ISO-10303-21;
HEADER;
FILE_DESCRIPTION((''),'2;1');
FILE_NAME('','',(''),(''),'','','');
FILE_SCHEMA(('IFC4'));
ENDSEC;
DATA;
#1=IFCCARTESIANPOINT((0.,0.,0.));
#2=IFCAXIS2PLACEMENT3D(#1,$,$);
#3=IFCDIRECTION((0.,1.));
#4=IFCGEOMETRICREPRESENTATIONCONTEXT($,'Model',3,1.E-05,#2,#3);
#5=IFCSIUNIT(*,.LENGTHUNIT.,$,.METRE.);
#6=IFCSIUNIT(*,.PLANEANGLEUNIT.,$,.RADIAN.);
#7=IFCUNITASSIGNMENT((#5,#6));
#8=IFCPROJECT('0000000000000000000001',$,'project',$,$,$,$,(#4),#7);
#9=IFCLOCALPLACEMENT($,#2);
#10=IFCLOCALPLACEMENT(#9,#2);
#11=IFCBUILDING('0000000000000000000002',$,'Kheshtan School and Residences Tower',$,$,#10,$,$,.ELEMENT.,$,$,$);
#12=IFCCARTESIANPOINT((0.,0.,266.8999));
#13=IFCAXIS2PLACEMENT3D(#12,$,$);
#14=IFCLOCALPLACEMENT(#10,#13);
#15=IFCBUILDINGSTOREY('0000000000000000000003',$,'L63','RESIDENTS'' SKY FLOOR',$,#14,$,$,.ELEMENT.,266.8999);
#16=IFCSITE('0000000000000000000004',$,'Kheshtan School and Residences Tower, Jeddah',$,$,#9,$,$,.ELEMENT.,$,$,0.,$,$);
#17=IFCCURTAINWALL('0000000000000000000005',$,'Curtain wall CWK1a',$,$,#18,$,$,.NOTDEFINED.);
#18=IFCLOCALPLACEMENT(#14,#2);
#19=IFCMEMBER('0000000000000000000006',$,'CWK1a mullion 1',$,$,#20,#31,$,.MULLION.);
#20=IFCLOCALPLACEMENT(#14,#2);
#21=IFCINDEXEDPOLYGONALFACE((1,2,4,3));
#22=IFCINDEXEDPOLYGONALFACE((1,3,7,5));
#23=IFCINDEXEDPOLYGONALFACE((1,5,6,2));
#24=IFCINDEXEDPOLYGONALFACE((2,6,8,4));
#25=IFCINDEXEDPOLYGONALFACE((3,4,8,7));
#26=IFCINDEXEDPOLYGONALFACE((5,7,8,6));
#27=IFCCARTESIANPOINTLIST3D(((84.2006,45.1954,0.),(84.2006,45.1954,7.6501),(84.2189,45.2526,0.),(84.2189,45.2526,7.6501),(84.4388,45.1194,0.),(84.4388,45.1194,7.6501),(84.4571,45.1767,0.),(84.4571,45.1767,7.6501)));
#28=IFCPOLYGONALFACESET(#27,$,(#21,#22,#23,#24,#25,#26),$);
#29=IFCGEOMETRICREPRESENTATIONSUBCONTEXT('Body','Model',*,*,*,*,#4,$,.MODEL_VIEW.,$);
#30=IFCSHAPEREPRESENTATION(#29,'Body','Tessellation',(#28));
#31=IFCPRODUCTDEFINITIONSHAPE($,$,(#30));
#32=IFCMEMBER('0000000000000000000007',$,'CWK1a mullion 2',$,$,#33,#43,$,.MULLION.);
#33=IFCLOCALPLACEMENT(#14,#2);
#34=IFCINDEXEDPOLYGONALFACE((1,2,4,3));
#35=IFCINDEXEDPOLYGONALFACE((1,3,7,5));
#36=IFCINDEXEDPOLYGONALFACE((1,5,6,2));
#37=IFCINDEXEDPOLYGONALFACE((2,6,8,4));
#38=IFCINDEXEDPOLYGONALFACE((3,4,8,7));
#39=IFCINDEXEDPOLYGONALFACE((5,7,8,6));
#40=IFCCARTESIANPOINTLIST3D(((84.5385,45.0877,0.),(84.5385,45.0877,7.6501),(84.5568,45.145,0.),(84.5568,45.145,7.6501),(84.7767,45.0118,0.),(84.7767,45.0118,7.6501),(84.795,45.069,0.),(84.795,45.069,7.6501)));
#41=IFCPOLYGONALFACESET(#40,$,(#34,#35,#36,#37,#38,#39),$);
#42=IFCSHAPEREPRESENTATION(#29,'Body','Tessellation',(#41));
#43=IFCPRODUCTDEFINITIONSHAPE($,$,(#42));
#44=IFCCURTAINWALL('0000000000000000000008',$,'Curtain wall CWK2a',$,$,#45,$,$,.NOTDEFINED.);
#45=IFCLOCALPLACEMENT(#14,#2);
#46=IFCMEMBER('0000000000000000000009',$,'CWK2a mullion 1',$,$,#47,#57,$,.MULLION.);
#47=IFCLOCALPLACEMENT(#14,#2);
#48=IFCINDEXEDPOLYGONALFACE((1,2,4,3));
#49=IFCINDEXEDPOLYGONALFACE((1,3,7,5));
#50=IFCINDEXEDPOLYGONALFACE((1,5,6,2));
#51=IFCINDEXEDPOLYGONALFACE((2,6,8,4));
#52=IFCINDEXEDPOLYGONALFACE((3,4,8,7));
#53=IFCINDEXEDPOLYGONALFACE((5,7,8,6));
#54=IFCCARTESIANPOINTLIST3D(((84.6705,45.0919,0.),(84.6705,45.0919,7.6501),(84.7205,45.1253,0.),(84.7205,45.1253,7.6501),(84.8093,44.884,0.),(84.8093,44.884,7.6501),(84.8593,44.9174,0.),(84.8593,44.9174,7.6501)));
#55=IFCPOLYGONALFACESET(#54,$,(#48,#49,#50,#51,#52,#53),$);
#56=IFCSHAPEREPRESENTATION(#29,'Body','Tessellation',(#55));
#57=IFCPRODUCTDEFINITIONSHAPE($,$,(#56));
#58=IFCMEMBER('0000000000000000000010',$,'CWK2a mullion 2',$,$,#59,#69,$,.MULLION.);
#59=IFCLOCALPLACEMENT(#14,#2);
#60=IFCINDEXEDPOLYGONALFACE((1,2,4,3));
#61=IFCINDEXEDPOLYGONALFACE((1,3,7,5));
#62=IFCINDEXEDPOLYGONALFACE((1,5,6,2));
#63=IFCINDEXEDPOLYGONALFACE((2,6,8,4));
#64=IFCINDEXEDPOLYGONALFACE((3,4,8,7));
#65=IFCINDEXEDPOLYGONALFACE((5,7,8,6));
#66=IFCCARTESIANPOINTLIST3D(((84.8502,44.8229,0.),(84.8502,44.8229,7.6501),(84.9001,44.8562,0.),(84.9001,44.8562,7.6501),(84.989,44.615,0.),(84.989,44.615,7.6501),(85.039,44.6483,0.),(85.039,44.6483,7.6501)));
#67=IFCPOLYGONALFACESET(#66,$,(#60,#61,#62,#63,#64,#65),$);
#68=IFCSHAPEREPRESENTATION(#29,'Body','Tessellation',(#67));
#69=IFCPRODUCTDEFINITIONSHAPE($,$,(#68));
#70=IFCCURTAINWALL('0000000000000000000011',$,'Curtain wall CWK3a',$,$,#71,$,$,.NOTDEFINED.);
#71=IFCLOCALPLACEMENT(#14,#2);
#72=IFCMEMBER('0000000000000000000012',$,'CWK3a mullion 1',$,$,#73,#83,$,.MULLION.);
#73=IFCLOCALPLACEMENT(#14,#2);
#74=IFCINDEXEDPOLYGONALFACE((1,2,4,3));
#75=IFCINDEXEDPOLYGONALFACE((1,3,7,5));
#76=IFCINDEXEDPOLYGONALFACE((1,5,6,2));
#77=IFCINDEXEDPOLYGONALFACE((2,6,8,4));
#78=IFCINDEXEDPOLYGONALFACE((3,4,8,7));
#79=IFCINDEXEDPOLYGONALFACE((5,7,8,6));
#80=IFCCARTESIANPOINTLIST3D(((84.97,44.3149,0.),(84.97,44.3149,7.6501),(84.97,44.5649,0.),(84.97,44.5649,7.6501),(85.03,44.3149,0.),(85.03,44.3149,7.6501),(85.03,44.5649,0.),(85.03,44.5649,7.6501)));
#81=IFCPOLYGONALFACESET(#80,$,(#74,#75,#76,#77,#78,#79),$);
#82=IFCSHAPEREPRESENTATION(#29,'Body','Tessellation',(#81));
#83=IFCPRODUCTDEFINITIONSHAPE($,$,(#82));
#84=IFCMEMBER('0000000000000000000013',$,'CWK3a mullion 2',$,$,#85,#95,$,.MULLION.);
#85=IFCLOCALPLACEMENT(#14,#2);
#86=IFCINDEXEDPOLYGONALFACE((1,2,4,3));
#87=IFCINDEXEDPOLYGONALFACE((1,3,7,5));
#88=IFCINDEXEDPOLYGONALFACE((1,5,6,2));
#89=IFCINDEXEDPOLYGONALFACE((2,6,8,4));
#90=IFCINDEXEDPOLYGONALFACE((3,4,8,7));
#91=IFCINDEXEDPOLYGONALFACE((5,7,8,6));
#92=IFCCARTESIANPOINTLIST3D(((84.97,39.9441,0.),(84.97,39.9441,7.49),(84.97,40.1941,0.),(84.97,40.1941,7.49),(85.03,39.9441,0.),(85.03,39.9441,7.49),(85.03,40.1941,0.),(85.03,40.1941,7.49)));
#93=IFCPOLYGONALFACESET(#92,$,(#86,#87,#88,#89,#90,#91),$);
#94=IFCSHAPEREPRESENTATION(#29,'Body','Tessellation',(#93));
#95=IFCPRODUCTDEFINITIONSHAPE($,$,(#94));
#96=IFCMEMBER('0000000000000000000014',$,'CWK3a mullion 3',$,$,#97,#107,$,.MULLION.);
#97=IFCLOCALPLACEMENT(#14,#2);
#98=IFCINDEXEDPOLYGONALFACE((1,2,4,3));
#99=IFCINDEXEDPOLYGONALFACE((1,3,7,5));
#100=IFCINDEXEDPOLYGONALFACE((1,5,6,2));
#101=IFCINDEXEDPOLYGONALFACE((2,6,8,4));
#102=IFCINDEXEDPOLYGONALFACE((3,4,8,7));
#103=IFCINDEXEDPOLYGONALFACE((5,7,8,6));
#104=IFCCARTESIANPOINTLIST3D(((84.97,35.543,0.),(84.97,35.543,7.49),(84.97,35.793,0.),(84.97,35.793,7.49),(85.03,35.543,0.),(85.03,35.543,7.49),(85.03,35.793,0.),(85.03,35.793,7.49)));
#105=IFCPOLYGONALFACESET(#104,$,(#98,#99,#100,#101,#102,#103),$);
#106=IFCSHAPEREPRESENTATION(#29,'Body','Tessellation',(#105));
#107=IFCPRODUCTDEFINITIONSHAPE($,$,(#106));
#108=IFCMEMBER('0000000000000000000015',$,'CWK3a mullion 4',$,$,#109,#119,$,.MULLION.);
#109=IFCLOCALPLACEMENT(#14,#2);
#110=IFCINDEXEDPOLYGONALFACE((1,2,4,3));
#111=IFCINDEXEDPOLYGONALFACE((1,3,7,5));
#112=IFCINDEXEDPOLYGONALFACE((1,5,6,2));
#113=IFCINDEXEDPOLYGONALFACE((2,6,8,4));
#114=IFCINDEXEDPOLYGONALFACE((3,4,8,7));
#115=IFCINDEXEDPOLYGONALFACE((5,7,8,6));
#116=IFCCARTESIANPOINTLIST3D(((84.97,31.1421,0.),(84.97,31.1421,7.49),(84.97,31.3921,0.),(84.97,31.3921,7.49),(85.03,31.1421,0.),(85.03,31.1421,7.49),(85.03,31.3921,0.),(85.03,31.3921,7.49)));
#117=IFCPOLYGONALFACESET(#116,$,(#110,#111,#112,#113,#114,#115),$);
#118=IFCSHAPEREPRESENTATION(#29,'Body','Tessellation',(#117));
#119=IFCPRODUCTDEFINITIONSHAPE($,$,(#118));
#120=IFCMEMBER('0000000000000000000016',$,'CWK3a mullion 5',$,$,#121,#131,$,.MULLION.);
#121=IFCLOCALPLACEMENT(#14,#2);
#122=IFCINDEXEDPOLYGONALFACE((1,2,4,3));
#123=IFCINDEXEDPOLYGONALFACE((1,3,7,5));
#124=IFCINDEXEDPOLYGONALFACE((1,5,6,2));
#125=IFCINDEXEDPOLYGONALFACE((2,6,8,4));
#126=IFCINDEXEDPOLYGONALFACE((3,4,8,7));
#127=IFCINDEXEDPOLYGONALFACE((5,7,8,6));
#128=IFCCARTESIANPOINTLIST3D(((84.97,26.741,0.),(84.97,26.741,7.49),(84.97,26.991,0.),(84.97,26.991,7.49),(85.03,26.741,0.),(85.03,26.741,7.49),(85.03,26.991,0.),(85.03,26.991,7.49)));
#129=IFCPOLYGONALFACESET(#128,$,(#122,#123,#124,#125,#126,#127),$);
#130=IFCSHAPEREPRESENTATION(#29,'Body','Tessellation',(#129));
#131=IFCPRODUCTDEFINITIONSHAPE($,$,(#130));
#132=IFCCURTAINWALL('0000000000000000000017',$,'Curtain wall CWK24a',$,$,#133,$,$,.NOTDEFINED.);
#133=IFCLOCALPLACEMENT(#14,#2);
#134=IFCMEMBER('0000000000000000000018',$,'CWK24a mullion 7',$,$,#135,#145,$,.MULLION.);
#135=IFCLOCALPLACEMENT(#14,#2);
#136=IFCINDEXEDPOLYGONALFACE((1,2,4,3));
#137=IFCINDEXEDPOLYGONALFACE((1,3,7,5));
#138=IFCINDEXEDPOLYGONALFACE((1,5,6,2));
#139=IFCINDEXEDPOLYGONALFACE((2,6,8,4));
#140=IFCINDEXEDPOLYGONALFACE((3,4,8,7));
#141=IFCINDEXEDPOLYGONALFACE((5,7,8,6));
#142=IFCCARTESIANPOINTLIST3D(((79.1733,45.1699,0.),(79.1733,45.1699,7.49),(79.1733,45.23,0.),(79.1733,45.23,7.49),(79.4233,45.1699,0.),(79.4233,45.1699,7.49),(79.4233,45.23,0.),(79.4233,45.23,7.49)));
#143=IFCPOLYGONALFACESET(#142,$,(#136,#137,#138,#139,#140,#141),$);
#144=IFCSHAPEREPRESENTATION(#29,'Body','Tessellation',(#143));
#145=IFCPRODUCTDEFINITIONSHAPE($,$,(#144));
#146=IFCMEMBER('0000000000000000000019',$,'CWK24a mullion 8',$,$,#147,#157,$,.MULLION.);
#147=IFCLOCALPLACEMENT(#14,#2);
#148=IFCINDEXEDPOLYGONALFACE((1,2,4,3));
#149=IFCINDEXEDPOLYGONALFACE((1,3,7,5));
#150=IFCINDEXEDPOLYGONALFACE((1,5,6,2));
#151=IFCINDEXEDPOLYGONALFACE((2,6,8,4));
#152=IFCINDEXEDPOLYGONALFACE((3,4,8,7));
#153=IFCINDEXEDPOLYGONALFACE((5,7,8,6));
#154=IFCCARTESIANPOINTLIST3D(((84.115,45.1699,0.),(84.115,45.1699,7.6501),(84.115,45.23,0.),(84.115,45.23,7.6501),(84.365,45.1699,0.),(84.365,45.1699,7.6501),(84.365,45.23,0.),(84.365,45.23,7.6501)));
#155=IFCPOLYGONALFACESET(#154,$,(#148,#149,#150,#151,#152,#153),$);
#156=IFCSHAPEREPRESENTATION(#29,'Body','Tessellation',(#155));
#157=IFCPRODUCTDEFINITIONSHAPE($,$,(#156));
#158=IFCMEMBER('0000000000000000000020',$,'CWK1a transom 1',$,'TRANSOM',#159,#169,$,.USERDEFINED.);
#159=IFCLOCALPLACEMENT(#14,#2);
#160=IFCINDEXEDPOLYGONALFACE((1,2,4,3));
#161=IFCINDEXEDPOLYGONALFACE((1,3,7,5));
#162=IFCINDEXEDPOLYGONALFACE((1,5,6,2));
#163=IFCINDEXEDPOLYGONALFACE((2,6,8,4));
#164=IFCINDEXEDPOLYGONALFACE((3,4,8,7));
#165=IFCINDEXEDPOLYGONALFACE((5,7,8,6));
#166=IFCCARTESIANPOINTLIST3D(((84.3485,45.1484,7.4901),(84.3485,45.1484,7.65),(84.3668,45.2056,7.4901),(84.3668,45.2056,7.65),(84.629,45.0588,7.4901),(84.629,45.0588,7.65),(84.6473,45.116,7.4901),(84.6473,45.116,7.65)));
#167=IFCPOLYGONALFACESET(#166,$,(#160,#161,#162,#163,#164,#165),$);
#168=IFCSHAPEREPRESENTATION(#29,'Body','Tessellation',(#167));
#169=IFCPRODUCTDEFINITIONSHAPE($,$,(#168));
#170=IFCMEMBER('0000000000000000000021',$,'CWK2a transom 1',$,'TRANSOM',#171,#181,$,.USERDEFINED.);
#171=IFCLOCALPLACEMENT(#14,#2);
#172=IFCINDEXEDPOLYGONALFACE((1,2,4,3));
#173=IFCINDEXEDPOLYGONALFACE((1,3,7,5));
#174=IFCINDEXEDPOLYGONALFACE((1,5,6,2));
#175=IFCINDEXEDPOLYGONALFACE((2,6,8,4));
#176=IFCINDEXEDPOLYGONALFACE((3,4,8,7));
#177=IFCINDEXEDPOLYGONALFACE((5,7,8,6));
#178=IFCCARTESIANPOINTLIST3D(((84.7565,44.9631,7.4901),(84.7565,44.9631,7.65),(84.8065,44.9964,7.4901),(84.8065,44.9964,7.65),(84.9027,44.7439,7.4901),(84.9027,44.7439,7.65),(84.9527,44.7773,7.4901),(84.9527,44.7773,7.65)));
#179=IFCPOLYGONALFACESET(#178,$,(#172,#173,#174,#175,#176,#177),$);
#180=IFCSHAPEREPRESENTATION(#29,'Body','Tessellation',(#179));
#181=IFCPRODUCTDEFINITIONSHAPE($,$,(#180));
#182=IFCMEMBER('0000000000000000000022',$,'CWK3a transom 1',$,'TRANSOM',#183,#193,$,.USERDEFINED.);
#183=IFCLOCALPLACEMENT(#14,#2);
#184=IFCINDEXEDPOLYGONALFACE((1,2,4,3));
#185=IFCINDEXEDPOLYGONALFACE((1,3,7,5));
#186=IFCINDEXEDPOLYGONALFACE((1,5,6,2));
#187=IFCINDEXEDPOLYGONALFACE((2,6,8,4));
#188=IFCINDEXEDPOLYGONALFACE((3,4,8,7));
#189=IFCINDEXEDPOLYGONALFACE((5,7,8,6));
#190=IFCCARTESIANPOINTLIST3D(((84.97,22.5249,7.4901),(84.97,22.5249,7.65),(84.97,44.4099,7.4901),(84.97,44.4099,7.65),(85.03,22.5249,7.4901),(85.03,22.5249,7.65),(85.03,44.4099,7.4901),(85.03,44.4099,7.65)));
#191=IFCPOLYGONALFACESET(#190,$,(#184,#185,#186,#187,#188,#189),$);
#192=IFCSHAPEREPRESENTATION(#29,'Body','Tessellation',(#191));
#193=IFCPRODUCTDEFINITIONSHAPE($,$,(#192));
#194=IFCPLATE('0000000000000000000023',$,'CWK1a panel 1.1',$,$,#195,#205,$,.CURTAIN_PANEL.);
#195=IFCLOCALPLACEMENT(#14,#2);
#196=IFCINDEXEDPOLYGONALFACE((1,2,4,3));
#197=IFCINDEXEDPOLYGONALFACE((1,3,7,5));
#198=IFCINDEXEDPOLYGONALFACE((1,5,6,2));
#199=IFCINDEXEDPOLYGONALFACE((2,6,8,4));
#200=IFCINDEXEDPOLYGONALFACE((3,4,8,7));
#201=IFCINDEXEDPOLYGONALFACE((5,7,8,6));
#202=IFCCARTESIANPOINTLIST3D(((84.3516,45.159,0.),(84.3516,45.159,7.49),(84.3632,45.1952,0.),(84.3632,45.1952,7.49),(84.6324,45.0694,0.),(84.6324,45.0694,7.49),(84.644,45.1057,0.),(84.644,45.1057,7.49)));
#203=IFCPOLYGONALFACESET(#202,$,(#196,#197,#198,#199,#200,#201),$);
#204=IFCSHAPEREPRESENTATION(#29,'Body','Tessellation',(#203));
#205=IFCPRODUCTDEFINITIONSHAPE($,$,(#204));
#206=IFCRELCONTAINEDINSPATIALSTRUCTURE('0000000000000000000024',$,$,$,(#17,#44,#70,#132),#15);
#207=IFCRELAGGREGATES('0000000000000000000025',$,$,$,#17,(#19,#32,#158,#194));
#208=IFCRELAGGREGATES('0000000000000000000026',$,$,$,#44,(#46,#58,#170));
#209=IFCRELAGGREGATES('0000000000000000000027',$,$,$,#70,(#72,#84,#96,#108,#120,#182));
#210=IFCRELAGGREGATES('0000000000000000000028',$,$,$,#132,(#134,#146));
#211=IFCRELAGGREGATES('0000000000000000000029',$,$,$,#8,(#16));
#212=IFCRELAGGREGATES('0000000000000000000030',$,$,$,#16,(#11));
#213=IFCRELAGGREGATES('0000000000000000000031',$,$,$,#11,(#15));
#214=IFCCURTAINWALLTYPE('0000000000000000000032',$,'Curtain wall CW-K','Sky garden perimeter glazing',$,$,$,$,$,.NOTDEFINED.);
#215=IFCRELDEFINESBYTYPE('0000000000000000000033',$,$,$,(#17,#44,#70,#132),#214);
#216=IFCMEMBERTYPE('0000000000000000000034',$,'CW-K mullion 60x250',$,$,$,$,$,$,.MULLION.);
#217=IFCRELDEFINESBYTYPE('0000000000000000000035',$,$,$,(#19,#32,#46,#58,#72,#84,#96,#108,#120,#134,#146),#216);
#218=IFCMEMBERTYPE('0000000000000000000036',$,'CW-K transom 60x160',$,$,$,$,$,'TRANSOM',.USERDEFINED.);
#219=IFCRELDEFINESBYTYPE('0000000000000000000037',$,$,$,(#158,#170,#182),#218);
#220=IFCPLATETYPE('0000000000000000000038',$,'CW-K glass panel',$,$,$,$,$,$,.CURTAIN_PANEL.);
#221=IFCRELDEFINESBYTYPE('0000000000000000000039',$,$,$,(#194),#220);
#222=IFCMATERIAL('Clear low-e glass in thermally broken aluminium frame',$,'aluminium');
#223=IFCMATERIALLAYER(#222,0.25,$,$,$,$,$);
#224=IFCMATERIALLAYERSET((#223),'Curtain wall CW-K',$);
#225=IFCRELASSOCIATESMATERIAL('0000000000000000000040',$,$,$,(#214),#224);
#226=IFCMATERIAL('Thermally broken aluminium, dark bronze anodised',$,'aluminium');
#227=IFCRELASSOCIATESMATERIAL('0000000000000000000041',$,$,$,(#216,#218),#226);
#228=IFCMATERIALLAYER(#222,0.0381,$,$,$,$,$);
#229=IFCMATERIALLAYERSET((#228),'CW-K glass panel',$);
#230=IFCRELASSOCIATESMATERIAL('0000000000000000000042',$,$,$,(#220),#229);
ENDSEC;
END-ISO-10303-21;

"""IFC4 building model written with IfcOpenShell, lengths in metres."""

from ifc_helpers import new_model, si_unit, direction, frame, origin, origin_2d, place, context, subcontext, project, spatial, rectangle, extrude, material, layer, layer_set, material_profile, profile_set, type_object, element, aggregate, save


model = new_model("IFC4")

# Units and contexts
model_context = context("Model", 3, precision=1e-05, world=origin(), true_north=direction((0.0, 1.0)))
body_context = subcontext(model_context, "Body", "Model", "MODEL_VIEW")
ifc_project = project(units=[si_unit("LENGTHUNIT", "METRE"), si_unit("PLANEANGLEUNIT", "RADIAN")], contexts=[model_context])

# Site, building, storey
site_placement = place(None, origin())
site = spatial("IfcSite", under=ifc_project, at=site_placement, Name="Kheshtan School and Residences Tower, Jeddah", CompositionType="ELEMENT", RefElevation=0.0)
building_placement = place(site_placement, origin())
building = spatial("IfcBuilding", under=site, at=building_placement, Name="Kheshtan School and Residences Tower", CompositionType="ELEMENT")
storey_placement = place(building_placement, frame((0.0, 0.0, 266.8999)))
storey = spatial("IfcBuildingStorey", under=building, at=storey_placement, Name="L63", Description="RESIDENTS' SKY FLOOR", CompositionType="ELEMENT", Elevation=266.8999)

# Curtain walls, members
ifc_material_1 = material(Name="Clear low-e glass in thermally broken aluminium frame", Category="aluminium")
ifc_layer_1 = layer(ifc_material_1, 0.25)
ifc_layer_set_1 = layer_set([ifc_layer_1], Name="Curtain wall CW-K")
curtain_wall_type = type_object("IfcCurtainWallType", Name="Curtain wall CW-K", Description="Sky garden perimeter glazing", PredefinedType="NOTDEFINED", material=ifc_layer_set_1)
curtain_wall_1_placement = place(storey_placement, origin())
curtain_wall_1 = element("IfcCurtainWall", 1, at=curtain_wall_1_placement, inside=storey, type_object=curtain_wall_type, Name="Curtain wall CWK1a", PredefinedType="NOTDEFINED")
ifc_material_2 = material(Name="Thermally broken aluminium, dark bronze anodised", Category="aluminium")
ifc_material_profile_1 = material_profile(ifc_material_2, rectangle(XDim=0.0601, YDim=0.25, at=origin_2d()), Name="CW-K mullion 60x250")
ifc_profile_set_1 = profile_set([ifc_material_profile_1], Name="Thermally broken aluminium, dark bronze anodised")
member_type_1 = type_object("IfcMemberType", Name="CW-K mullion 60x250", PredefinedType="MULLION", material=ifc_profile_set_1)
member_1_placement = place(storey_placement, frame((84.3289, 45.186, 0.0), z_axis=(0.0, 0.0, 1.0), x_axis=(0.3039, 0.952704, 0.0)))
member_1 = element("IfcMember", 2, at=member_1_placement, type_object=member_type_1, Name="CWK1a mullion 1", PredefinedType="MULLION", context=body_context, shape_type="SweptSolid", body=[
    extrude(rectangle(XDim=0.0601, YDim=0.25, at=origin_2d()), origin(), (0.0, 0.0, 1.0), 7.6501),
])
member_2_placement = place(storey_placement, frame((84.6667, 45.0784, 0.0), z_axis=(0.0, 0.0, 1.0), x_axis=(0.3039, 0.952704, 0.0)))
member_2 = element("IfcMember", 3, at=member_2_placement, type_object=member_type_1, Name="CWK1a mullion 2", PredefinedType="MULLION", context=body_context, shape_type="SweptSolid", body=[
    extrude(rectangle(XDim=0.0601, YDim=0.25, at=origin_2d()), origin(), (0.0, 0.0, 1.0), 7.6501),
])
curtain_wall_2_placement = place(storey_placement, origin())
curtain_wall_2 = element("IfcCurtainWall", 4, at=curtain_wall_2_placement, inside=storey, type_object=curtain_wall_type, Name="Curtain wall CWK2a", PredefinedType="NOTDEFINED")
member_3_placement = place(storey_placement, frame((84.7649, 45.0046, 0.0), z_axis=(0.0, 0.0, 1.0), x_axis=(0.831649, 0.555302, 0.0)))
member_3 = element("IfcMember", 5, at=member_3_placement, type_object=member_type_1, Name="CWK2a mullion 1", PredefinedType="MULLION", context=body_context, shape_type="SweptSolid", body=[
    extrude(rectangle(XDim=0.0601, YDim=0.25, at=origin_2d()), origin(), (0.0, 0.0, 1.0), 7.6501),
])
member_4_placement = place(storey_placement, frame((84.9446, 44.7356, 0.0), z_axis=(0.0, 0.0, 1.0), x_axis=(0.831649, 0.555302, 0.0)))
member_4 = element("IfcMember", 6, at=member_4_placement, type_object=member_type_1, Name="CWK2a mullion 2", PredefinedType="MULLION", context=body_context, shape_type="SweptSolid", body=[
    extrude(rectangle(XDim=0.0601, YDim=0.25, at=origin_2d()), origin(), (0.0, 0.0, 1.0), 7.6501),
])
curtain_wall_3_placement = place(storey_placement, origin())
curtain_wall_3 = element("IfcCurtainWall", 7, at=curtain_wall_3_placement, inside=storey, type_object=curtain_wall_type, Name="Curtain wall CWK3a", PredefinedType="NOTDEFINED")
member_5_placement = place(storey_placement, frame((85.0, 44.4399, 0.0), z_axis=(0.0, 0.0, 1.0), x_axis=(1.0, 0.0, 0.0)))
member_5 = element("IfcMember", 8, at=member_5_placement, type_object=member_type_1, Name="CWK3a mullion 1", PredefinedType="MULLION", context=body_context, shape_type="SweptSolid", body=[
    extrude(rectangle(XDim=0.0601, YDim=0.25, at=origin_2d()), origin(), (0.0, 0.0, 1.0), 7.6501),
])
member_6_placement = place(storey_placement, frame((85.0, 40.0691, 0.0), z_axis=(0.0, 0.0, 1.0), x_axis=(1.0, 0.0, 0.0)))
member_6 = element("IfcMember", 9, at=member_6_placement, type_object=member_type_1, Name="CWK3a mullion 2", PredefinedType="MULLION", context=body_context, shape_type="SweptSolid", body=[
    extrude(rectangle(XDim=0.0601, YDim=0.25, at=origin_2d()), origin(), (0.0, 0.0, 1.0), 7.49),
])
member_7_placement = place(storey_placement, frame((85.0, 35.668, 0.0), z_axis=(0.0, 0.0, 1.0), x_axis=(1.0, 0.0, 0.0)))
member_7 = element("IfcMember", 10, at=member_7_placement, type_object=member_type_1, Name="CWK3a mullion 3", PredefinedType="MULLION", context=body_context, shape_type="SweptSolid", body=[
    extrude(rectangle(XDim=0.0601, YDim=0.25, at=origin_2d()), origin(), (0.0, 0.0, 1.0), 7.49),
])
member_8_placement = place(storey_placement, frame((85.0, 31.2671, 0.0), z_axis=(0.0, 0.0, 1.0), x_axis=(1.0, 0.0, 0.0)))
member_8 = element("IfcMember", 11, at=member_8_placement, type_object=member_type_1, Name="CWK3a mullion 4", PredefinedType="MULLION", context=body_context, shape_type="SweptSolid", body=[
    extrude(rectangle(XDim=0.0601, YDim=0.25, at=origin_2d()), origin(), (0.0, 0.0, 1.0), 7.49),
])
member_9_placement = place(storey_placement, frame((85.0, 26.866, 0.0), z_axis=(0.0, 0.0, 1.0), x_axis=(1.0, 0.0, 0.0)))
member_9 = element("IfcMember", 12, at=member_9_placement, type_object=member_type_1, Name="CWK3a mullion 5", PredefinedType="MULLION", context=body_context, shape_type="SweptSolid", body=[
    extrude(rectangle(XDim=0.0601, YDim=0.25, at=origin_2d()), origin(), (0.0, 0.0, 1.0), 7.49),
])
curtain_wall_4_placement = place(storey_placement, origin())
curtain_wall_4 = element("IfcCurtainWall", 13, at=curtain_wall_4_placement, inside=storey, type_object=curtain_wall_type, Name="Curtain wall CWK24a", PredefinedType="NOTDEFINED")
member_10_placement = place(storey_placement, frame((79.2983, 45.2, 0.0), z_axis=(0.0, 0.0, 1.0), x_axis=(0.0, 1.0, 0.0)))
member_10 = element("IfcMember", 14, at=member_10_placement, type_object=member_type_1, Name="CWK24a mullion 7", PredefinedType="MULLION", context=body_context, shape_type="SweptSolid", body=[
    extrude(rectangle(XDim=0.0601, YDim=0.25, at=origin_2d()), origin(), (0.0, 0.0, 1.0), 7.49),
])
member_11_placement = place(storey_placement, frame((84.24, 45.2, 0.0), z_axis=(0.0, 0.0, 1.0), x_axis=(0.0, 1.0, 0.0)))
member_11 = element("IfcMember", 15, at=member_11_placement, type_object=member_type_1, Name="CWK24a mullion 8", PredefinedType="MULLION", context=body_context, shape_type="SweptSolid", body=[
    extrude(rectangle(XDim=0.0601, YDim=0.25, at=origin_2d()), origin(), (0.0, 0.0, 1.0), 7.6501),
])

# Members
ifc_material_profile_2 = material_profile(ifc_material_2, rectangle(XDim=0.0601, YDim=0.1599, at=origin_2d()), Name="CW-K transom 60x160")
ifc_profile_set_2 = profile_set([ifc_material_profile_2], Name="Thermally broken aluminium, dark bronze anodised")
member_type_2 = type_object("IfcMemberType", Name="CW-K transom 60x160", ElementType="TRANSOM", PredefinedType="USERDEFINED", material=ifc_profile_set_2)
member_12_placement = place(storey_placement, frame((84.3577, 45.177, 7.5701), z_axis=(0.952588, -0.304264, 0.0), x_axis=(0.304264, 0.952588, 0.0)))
member_12 = element("IfcMember", 16, at=member_12_placement, type_object=member_type_2, Name="CWK1a transom 1", ObjectType="TRANSOM", PredefinedType="USERDEFINED", context=body_context, shape_type="SweptSolid", body=[
    extrude(rectangle(XDim=0.0601, YDim=0.1599, at=origin_2d()), origin(), (0.0, 0.0, 1.0), 0.2944),
])
member_13_placement = place(storey_placement, frame((84.7815, 44.9797, 7.5701), z_axis=(0.554914, -0.831908, 0.0), x_axis=(0.831908, 0.554914, 0.0)))
member_13 = element("IfcMember", 17, at=member_13_placement, type_object=member_type_2, Name="CWK2a transom 1", ObjectType="TRANSOM", PredefinedType="USERDEFINED", context=body_context, shape_type="SweptSolid", body=[
    extrude(rectangle(XDim=0.0601, YDim=0.1599, at=origin_2d()), origin(), (0.0, 0.0, 1.0), 0.2634),
])
member_14_placement = place(storey_placement, frame((85.0, 44.4099, 7.5701), z_axis=(0.0, -1.0, 0.0), x_axis=(1.0, 0.0, 0.0)))
member_14 = element("IfcMember", 18, at=member_14_placement, type_object=member_type_2, Name="CWK3a transom 1", ObjectType="TRANSOM", PredefinedType="USERDEFINED", context=body_context, shape_type="SweptSolid", body=[
    extrude(rectangle(XDim=0.0601, YDim=0.1599, at=origin_2d()), origin(), (0.0, 0.0, 1.0), 21.885),
])

# Plate
ifc_layer_2 = layer(ifc_material_1, 0.0381)
ifc_layer_set_2 = layer_set([ifc_layer_2], Name="CW-K glass panel")
plate_type = type_object("IfcPlateType", Name="CW-K glass panel", PredefinedType="CURTAIN_PANEL", material=ifc_layer_set_2)
plate_1_placement = place(storey_placement, frame((84.4978, 45.1323, 0.0), z_axis=(0.0, 0.0, 1.0), x_axis=(0.952704, -0.3039, 0.0)))
plate_1 = element("IfcPlate", 19, at=plate_1_placement, type_object=plate_type, Name="CWK1a panel 1.1", PredefinedType="CURTAIN_PANEL", context=body_context, shape_type="SweptSolid", body=[
    extrude(rectangle(XDim=0.2947, YDim=0.0381, at=origin_2d()), origin(), (0.0, 0.0, 1.0), 7.49),
])
aggregate(curtain_wall_1, [member_1, member_2, member_12, plate_1])
aggregate(curtain_wall_2, [member_3, member_4, member_13])
aggregate(curtain_wall_3, [member_5, member_6, member_7, member_8, member_9, member_14])
aggregate(curtain_wall_4, [member_10, member_11])

save(model, "model.ifc")
